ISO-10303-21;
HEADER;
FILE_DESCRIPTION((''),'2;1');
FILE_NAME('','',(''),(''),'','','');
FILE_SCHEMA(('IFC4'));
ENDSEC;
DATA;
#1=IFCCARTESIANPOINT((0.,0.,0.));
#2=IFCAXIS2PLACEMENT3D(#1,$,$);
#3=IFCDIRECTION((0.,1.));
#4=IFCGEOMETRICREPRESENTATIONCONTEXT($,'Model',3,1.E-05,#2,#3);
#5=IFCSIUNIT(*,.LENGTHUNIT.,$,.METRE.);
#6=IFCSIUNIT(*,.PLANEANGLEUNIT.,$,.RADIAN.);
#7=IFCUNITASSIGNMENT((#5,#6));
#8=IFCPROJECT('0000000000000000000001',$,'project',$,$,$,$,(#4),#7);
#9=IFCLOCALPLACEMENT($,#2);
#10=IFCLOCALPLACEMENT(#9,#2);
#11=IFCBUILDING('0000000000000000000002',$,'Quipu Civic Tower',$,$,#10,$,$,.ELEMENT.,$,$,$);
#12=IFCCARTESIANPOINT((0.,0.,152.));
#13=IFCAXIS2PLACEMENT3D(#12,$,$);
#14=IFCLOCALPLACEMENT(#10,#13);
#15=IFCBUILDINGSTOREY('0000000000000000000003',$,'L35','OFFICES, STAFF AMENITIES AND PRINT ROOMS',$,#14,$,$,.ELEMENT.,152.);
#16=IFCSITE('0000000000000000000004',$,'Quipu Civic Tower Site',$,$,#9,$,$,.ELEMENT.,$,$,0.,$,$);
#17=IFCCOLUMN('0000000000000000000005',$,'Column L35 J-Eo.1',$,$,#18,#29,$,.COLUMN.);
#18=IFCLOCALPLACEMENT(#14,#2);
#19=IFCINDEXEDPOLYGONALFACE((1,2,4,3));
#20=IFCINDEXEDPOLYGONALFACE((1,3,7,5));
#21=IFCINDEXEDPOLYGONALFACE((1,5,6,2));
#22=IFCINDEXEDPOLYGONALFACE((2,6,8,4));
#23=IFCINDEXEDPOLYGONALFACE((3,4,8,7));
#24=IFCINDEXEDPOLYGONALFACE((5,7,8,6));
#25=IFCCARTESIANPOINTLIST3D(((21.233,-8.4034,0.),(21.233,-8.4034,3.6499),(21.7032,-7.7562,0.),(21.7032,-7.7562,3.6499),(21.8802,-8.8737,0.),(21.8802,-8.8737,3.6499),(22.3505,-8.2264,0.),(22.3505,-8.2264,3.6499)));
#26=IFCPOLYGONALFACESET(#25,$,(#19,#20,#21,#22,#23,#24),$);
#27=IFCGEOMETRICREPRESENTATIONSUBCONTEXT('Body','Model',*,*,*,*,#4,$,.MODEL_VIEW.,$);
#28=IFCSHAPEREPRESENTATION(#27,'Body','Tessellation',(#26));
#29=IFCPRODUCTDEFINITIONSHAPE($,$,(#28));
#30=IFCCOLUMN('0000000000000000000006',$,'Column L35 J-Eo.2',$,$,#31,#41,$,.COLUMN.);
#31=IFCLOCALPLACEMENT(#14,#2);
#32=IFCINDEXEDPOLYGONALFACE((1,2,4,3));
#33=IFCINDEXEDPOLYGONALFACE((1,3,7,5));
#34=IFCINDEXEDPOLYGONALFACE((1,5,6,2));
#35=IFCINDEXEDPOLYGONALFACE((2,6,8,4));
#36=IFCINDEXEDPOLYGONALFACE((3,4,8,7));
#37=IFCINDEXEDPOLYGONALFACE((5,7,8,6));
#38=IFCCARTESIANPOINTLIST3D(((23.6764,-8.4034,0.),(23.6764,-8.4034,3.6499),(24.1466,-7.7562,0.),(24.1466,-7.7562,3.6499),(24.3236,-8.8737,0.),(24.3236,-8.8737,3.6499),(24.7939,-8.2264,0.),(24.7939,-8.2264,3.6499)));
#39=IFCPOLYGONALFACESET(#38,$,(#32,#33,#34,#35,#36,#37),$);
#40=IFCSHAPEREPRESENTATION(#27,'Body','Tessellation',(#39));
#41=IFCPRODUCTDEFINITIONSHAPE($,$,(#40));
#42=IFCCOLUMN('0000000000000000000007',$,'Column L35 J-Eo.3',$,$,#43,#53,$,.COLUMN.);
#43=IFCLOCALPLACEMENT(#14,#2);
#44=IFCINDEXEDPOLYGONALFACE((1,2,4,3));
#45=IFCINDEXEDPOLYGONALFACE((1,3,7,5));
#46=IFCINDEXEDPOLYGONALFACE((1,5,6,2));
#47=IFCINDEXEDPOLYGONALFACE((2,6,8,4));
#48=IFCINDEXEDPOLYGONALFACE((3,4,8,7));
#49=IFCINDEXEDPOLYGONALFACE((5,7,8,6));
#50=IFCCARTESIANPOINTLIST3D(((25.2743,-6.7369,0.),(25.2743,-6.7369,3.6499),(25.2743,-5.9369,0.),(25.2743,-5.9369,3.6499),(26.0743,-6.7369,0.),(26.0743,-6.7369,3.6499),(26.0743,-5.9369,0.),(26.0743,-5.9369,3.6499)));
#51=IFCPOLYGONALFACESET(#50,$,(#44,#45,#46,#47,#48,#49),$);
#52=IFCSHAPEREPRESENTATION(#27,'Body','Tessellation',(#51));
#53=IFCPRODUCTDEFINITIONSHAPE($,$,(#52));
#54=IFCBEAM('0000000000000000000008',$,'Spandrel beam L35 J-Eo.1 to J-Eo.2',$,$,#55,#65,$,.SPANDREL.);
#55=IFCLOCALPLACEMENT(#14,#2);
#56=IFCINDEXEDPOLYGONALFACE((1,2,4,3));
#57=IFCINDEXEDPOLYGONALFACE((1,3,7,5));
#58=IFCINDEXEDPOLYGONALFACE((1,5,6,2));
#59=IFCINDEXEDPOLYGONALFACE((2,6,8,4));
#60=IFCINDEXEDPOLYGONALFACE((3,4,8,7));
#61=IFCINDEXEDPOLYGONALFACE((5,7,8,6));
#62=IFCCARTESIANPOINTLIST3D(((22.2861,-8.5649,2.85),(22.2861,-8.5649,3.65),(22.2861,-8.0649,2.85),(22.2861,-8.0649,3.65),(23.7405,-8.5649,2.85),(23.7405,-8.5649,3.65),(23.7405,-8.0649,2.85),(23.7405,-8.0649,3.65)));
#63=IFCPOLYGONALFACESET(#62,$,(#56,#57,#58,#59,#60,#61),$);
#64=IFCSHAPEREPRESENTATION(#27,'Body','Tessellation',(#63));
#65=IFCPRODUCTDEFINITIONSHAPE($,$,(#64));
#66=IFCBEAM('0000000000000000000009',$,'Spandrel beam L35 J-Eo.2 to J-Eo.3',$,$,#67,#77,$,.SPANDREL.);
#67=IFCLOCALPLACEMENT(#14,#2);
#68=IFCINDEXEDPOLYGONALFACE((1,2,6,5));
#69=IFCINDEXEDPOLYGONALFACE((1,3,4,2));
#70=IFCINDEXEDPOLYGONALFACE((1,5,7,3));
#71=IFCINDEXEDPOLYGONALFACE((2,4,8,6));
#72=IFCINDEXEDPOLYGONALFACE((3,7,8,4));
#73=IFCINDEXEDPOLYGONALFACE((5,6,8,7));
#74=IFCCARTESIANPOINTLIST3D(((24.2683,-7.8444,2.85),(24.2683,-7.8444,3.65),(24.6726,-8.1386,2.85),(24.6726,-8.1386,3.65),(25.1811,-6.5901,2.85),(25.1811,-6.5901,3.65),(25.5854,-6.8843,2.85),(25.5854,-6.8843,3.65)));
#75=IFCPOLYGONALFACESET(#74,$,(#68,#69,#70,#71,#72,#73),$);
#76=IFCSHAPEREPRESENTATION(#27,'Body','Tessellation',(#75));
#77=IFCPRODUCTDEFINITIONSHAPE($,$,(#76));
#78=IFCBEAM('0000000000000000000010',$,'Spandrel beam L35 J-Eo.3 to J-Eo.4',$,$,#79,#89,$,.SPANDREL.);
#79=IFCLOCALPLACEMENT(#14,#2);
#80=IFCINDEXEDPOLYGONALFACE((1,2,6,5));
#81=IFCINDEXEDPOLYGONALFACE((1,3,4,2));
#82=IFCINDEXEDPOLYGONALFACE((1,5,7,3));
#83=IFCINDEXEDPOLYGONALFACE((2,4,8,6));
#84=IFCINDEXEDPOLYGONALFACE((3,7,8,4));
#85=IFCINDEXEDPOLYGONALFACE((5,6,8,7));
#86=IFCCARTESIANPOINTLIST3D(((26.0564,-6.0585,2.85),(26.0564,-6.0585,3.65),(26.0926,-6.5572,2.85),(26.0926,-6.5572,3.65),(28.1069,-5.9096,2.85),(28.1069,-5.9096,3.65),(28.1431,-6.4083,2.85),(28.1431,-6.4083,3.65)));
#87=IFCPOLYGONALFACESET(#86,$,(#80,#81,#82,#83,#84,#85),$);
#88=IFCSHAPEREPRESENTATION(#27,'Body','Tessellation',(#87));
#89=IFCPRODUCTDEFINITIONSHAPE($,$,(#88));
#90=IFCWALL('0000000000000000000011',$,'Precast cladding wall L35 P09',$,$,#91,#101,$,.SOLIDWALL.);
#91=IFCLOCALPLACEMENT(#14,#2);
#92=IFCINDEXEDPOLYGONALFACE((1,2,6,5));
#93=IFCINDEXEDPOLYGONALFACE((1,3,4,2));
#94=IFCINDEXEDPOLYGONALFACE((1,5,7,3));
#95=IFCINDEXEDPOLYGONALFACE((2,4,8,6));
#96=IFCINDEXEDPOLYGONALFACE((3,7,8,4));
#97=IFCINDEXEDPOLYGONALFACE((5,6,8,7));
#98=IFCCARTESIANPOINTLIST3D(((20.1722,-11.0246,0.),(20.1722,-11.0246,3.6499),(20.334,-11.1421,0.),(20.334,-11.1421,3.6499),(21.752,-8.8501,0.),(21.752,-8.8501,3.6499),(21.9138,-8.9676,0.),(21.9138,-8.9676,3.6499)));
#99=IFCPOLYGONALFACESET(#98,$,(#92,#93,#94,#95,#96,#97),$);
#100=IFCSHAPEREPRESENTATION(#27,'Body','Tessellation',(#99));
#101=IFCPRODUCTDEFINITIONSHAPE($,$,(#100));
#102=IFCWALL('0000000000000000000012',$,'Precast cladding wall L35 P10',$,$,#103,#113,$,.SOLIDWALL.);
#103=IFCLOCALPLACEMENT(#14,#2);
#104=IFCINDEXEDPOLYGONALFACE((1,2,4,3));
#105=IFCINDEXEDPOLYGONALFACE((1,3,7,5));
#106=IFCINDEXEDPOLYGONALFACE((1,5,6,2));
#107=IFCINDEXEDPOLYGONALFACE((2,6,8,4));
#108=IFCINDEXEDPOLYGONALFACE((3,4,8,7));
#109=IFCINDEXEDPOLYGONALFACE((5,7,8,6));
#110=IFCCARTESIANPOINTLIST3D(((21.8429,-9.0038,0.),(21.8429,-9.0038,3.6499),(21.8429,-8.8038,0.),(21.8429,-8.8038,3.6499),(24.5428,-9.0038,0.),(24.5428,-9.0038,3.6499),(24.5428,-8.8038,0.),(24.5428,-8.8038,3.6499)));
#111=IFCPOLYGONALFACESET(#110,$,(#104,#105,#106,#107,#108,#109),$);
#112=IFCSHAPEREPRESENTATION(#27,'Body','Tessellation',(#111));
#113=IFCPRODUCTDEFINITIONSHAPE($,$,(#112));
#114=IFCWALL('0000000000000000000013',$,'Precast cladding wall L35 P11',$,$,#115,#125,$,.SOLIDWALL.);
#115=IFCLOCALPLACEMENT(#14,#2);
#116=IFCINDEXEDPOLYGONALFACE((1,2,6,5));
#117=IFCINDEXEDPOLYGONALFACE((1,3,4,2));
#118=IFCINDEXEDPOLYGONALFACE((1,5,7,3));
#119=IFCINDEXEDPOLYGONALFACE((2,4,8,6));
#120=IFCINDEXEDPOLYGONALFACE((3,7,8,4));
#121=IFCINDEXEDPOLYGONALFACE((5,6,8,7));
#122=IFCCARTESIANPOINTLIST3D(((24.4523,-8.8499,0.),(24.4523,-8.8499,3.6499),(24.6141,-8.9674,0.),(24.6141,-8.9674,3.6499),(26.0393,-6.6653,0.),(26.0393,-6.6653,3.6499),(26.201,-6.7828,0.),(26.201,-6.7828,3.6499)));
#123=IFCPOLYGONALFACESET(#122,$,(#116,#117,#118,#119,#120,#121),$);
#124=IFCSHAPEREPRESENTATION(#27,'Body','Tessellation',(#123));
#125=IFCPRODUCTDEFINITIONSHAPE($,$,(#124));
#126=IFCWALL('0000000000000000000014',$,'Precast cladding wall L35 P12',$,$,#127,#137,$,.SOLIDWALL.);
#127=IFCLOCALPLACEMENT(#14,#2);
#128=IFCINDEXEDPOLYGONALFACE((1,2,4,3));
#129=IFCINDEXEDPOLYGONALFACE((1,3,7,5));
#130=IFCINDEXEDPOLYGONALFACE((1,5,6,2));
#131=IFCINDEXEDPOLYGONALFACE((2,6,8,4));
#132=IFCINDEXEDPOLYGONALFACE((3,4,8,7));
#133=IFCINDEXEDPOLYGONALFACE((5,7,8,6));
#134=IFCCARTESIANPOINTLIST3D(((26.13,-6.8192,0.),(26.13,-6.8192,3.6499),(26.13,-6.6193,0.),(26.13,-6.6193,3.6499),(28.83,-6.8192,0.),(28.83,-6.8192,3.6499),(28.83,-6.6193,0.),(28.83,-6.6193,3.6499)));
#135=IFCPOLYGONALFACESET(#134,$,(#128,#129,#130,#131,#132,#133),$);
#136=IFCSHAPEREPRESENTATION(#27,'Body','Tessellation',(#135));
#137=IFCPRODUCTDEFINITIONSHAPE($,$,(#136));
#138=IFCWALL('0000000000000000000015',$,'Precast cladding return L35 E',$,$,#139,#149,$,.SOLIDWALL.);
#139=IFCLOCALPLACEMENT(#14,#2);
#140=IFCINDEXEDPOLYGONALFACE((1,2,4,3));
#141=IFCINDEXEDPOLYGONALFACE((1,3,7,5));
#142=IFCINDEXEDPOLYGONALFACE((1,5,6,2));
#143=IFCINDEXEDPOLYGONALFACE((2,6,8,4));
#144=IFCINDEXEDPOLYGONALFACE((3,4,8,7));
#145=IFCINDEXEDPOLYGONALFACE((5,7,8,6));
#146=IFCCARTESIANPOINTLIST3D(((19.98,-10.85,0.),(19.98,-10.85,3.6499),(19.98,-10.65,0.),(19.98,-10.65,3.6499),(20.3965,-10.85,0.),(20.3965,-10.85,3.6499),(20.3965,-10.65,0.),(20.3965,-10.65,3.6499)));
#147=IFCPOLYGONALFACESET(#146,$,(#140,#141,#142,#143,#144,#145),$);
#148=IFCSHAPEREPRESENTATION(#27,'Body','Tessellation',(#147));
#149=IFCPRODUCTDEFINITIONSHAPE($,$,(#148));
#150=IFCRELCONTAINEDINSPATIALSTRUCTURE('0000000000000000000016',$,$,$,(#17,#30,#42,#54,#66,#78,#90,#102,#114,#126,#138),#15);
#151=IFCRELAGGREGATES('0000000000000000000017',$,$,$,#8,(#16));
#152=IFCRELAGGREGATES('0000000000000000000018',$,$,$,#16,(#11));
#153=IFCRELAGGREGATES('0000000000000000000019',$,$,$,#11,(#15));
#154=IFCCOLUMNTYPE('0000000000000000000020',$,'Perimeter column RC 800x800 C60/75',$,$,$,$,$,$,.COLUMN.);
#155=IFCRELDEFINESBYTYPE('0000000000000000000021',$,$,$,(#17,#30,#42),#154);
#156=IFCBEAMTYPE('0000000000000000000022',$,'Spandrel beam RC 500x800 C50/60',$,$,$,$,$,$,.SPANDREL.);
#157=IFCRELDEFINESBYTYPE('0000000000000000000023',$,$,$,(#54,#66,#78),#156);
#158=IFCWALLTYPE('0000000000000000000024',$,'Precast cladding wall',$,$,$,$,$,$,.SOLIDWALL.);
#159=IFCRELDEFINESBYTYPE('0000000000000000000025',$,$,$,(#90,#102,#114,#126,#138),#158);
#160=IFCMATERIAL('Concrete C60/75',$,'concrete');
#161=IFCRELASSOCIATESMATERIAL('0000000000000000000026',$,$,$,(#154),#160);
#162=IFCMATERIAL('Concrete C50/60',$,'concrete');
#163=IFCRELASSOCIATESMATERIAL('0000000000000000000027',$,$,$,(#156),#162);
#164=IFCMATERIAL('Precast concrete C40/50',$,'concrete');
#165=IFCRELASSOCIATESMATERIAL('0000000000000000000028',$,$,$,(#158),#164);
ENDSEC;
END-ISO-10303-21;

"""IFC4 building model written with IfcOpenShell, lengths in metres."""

from ifc_helpers import new_model, si_unit, direction, frame, frame_2d, origin, origin_2d, place, context, subcontext, project, spatial, rectangle, extrude, material, material_profile, profile_set, type_object, element, save


model = new_model("IFC4")

# Units and contexts
model_context = context("Model", 3, precision=1e-05, world=origin(), true_north=direction((0.0, 1.0)))
body_context = subcontext(model_context, "Body", "Model", "MODEL_VIEW")
ifc_project = project(units=[si_unit("LENGTHUNIT", "METRE"), si_unit("PLANEANGLEUNIT", "RADIAN")], contexts=[model_context])

# Site, building, storey
site_placement = place(None, origin())
site = spatial("IfcSite", under=ifc_project, at=site_placement, Name="Quipu Civic Tower Site", CompositionType="ELEMENT", RefElevation=0.0)
building_placement = place(site_placement, origin())
building = spatial("IfcBuilding", under=site, at=building_placement, Name="Quipu Civic Tower", CompositionType="ELEMENT")
storey_placement = place(building_placement, frame((0.0, 0.0, 152.0)))
storey = spatial("IfcBuildingStorey", under=building, at=storey_placement, Name="L35", Description="OFFICES, STAFF AMENITIES AND PRINT ROOMS", CompositionType="ELEMENT", Elevation=152.0)

# Columns
ifc_material_1 = material(Name="Concrete C60/75", Category="concrete")
ifc_material_profile_1 = material_profile(ifc_material_1, rectangle(XDim=0.8, YDim=0.8, at=origin_2d()), Name="RC800x800")
ifc_profile_set_1 = profile_set([ifc_material_profile_1], Name="Concrete C60/75")
column_type = type_object("IfcColumnType", Name="Perimeter column RC 800x800 C60/75", PredefinedType="COLUMN", material=ifc_profile_set_1)
for number, where, z_axis, x_axis, name in (
    (1, (21.7917, -8.3149, 0.0), (0.0, 0.0, 1.0), (0.587785, 0.809017, 0.0), "Column L35 J-Eo.1"),
    (2, (24.2351, -8.3149, 0.0), (0.0, 0.0, 1.0), (0.587785, 0.809017, 0.0), "Column L35 J-Eo.2"),
    (3, (25.6743, -6.3369, 0.0), (0.0, 0.0, 1.0), (1.0, 0.0, 0.0), "Column L35 J-Eo.3"),
):
    element("IfcColumn", number, at=place(storey_placement, frame(where, z_axis=z_axis, x_axis=x_axis)), inside=storey, type_object=column_type, Name=name, PredefinedType="COLUMN", context=body_context, shape_type="SweptSolid", body=[
        extrude(rectangle(XDim=0.8, YDim=0.8, at=origin_2d()), origin(), (0.0, 0.0, 1.0), 3.6499),
    ])

# Beams
ifc_material_2 = material(Name="Concrete C50/60", Category="concrete")
ifc_material_profile_2 = material_profile(ifc_material_2, rectangle(XDim=0.5, YDim=0.8, at=origin_2d()), Name="RC500x800")
ifc_profile_set_2 = profile_set([ifc_material_profile_2], Name="Concrete C50/60")
beam_type = type_object("IfcBeamType", Name="Spandrel beam RC 500x800 C50/60", PredefinedType="SPANDREL", material=ifc_profile_set_2)
beam_1_placement = place(storey_placement, frame((22.2861, -8.3149, 3.25), z_axis=(1.0, 0.0, 0.0), x_axis=(0.0, 1.0, 0.0)))
element("IfcBeam", 4, at=beam_1_placement, inside=storey, type_object=beam_type, Name="Spandrel beam L35 J-Eo.1 to J-Eo.2", PredefinedType="SPANDREL", context=body_context, shape_type="SweptSolid", body=[
    extrude(rectangle(XDim=0.5, YDim=0.8, at=origin_2d()), origin(), (0.0, 0.0, 1.0), 1.4543),
])
beam_2_placement = place(storey_placement, frame((24.4705, -7.9915, 3.25), z_axis=(0.588406, 0.808566, 0.0), x_axis=(-0.808566, 0.588406, 0.0)))
element("IfcBeam", 5, at=beam_2_placement, inside=storey, type_object=beam_type, Name="Spandrel beam L35 J-Eo.2 to J-Eo.3", PredefinedType="SPANDREL", context=body_context, shape_type="SweptSolid", body=[
    extrude(rectangle(XDim=0.5, YDim=0.8, at=origin_2d()), origin(), (0.0, 0.0, 1.0), 1.5513),
])
beam_3_placement = place(storey_placement, frame((26.0745, -6.3079, 3.25), z_axis=(0.997373, 0.072437, 0.0), x_axis=(-0.072437, 0.997373, 0.0)))
element("IfcBeam", 6, at=beam_3_placement, inside=storey, type_object=beam_type, Name="Spandrel beam L35 J-Eo.3 to J-Eo.4", PredefinedType="SPANDREL", context=body_context, shape_type="SweptSolid", body=[
    extrude(rectangle(XDim=0.5, YDim=0.8, at=origin_2d()), origin(), (0.0, 0.0, 1.0), 2.0559),
])

# Walls
ifc_material_3 = material(Name="Precast concrete C40/50", Category="concrete")
wall_type_1 = type_object("IfcWallType", Name="Precast cladding wall", PredefinedType="SOLIDWALL", material=ifc_material_3)
wall_1_placement = place(storey_placement, frame((20.2532, -11.0833, 0.0), z_axis=(0.0, 0.0, 1.0), x_axis=(0.587767, 0.809031, 0.0)))
element("IfcWall", 7, at=wall_1_placement, inside=storey, type_object=wall_type_1, Name="Precast cladding wall L35 P09", PredefinedType="SOLIDWALL", context=body_context, shape_type="SweptSolid", body=[
    extrude(rectangle(XDim=2.6877, YDim=0.2, at=frame_2d((1.3438, 0.0))), origin(), (0.0, 0.0, 1.0), 3.6499),
])
wall_2_placement = place(storey_placement, frame((21.8428, -8.9038, 0.0), z_axis=(0.0, 0.0, 1.0), x_axis=(1.0, 0.0, 0.0)))
element("IfcWall", 8, at=wall_2_placement, inside=storey, type_object=wall_type_1, Name="Precast cladding wall L35 P10", PredefinedType="SOLIDWALL", context=body_context, shape_type="SweptSolid", body=[
    extrude(rectangle(XDim=2.7, YDim=0.2, at=frame_2d((1.3501, 0.0))), origin(), (0.0, 0.0, 1.0), 3.6499),
])
wall_3_placement = place(storey_placement, frame((24.5332, -8.9087, 0.0), z_axis=(0.0, 0.0, 1.0), x_axis=(0.58772, 0.809064, 0.0)))
element("IfcWall", 9, at=wall_3_placement, inside=storey, type_object=wall_type_1, Name="Precast cladding wall L35 P11", PredefinedType="SOLIDWALL", context=body_context, shape_type="SweptSolid", body=[
    extrude(rectangle(XDim=2.7002, YDim=0.2, at=frame_2d((1.3501, 0.0))), origin(), (0.0, 0.0, 1.0), 3.6499),
])
wall_4_placement = place(storey_placement, frame((26.1299, -6.7192, 0.0), z_axis=(0.0, 0.0, 1.0), x_axis=(1.0, 0.0, 0.0)))
element("IfcWall", 10, at=wall_4_placement, inside=storey, type_object=wall_type_1, Name="Precast cladding wall L35 P12", PredefinedType="SOLIDWALL", context=body_context, shape_type="SweptSolid", body=[
    extrude(rectangle(XDim=2.7, YDim=0.2, at=frame_2d((1.3501, 0.0))), origin(), (0.0, 0.0, 1.0), 3.6499),
])
wall_5_placement = place(storey_placement, frame((19.98, -10.75, 0.0), z_axis=(0.0, 0.0, 1.0), x_axis=(1.0, 0.0, 0.0)))
element("IfcWall", 11, at=wall_5_placement, inside=storey, type_object=wall_type_1, Name="Precast cladding return L35 E", PredefinedType="SOLIDWALL", context=body_context, shape_type="SweptSolid", body=[
    extrude(rectangle(XDim=0.4165, YDim=0.2, at=frame_2d((0.2083, 0.0))), origin(), (0.0, 0.0, 1.0), 3.6499),
])

save(model, "model.ifc")
